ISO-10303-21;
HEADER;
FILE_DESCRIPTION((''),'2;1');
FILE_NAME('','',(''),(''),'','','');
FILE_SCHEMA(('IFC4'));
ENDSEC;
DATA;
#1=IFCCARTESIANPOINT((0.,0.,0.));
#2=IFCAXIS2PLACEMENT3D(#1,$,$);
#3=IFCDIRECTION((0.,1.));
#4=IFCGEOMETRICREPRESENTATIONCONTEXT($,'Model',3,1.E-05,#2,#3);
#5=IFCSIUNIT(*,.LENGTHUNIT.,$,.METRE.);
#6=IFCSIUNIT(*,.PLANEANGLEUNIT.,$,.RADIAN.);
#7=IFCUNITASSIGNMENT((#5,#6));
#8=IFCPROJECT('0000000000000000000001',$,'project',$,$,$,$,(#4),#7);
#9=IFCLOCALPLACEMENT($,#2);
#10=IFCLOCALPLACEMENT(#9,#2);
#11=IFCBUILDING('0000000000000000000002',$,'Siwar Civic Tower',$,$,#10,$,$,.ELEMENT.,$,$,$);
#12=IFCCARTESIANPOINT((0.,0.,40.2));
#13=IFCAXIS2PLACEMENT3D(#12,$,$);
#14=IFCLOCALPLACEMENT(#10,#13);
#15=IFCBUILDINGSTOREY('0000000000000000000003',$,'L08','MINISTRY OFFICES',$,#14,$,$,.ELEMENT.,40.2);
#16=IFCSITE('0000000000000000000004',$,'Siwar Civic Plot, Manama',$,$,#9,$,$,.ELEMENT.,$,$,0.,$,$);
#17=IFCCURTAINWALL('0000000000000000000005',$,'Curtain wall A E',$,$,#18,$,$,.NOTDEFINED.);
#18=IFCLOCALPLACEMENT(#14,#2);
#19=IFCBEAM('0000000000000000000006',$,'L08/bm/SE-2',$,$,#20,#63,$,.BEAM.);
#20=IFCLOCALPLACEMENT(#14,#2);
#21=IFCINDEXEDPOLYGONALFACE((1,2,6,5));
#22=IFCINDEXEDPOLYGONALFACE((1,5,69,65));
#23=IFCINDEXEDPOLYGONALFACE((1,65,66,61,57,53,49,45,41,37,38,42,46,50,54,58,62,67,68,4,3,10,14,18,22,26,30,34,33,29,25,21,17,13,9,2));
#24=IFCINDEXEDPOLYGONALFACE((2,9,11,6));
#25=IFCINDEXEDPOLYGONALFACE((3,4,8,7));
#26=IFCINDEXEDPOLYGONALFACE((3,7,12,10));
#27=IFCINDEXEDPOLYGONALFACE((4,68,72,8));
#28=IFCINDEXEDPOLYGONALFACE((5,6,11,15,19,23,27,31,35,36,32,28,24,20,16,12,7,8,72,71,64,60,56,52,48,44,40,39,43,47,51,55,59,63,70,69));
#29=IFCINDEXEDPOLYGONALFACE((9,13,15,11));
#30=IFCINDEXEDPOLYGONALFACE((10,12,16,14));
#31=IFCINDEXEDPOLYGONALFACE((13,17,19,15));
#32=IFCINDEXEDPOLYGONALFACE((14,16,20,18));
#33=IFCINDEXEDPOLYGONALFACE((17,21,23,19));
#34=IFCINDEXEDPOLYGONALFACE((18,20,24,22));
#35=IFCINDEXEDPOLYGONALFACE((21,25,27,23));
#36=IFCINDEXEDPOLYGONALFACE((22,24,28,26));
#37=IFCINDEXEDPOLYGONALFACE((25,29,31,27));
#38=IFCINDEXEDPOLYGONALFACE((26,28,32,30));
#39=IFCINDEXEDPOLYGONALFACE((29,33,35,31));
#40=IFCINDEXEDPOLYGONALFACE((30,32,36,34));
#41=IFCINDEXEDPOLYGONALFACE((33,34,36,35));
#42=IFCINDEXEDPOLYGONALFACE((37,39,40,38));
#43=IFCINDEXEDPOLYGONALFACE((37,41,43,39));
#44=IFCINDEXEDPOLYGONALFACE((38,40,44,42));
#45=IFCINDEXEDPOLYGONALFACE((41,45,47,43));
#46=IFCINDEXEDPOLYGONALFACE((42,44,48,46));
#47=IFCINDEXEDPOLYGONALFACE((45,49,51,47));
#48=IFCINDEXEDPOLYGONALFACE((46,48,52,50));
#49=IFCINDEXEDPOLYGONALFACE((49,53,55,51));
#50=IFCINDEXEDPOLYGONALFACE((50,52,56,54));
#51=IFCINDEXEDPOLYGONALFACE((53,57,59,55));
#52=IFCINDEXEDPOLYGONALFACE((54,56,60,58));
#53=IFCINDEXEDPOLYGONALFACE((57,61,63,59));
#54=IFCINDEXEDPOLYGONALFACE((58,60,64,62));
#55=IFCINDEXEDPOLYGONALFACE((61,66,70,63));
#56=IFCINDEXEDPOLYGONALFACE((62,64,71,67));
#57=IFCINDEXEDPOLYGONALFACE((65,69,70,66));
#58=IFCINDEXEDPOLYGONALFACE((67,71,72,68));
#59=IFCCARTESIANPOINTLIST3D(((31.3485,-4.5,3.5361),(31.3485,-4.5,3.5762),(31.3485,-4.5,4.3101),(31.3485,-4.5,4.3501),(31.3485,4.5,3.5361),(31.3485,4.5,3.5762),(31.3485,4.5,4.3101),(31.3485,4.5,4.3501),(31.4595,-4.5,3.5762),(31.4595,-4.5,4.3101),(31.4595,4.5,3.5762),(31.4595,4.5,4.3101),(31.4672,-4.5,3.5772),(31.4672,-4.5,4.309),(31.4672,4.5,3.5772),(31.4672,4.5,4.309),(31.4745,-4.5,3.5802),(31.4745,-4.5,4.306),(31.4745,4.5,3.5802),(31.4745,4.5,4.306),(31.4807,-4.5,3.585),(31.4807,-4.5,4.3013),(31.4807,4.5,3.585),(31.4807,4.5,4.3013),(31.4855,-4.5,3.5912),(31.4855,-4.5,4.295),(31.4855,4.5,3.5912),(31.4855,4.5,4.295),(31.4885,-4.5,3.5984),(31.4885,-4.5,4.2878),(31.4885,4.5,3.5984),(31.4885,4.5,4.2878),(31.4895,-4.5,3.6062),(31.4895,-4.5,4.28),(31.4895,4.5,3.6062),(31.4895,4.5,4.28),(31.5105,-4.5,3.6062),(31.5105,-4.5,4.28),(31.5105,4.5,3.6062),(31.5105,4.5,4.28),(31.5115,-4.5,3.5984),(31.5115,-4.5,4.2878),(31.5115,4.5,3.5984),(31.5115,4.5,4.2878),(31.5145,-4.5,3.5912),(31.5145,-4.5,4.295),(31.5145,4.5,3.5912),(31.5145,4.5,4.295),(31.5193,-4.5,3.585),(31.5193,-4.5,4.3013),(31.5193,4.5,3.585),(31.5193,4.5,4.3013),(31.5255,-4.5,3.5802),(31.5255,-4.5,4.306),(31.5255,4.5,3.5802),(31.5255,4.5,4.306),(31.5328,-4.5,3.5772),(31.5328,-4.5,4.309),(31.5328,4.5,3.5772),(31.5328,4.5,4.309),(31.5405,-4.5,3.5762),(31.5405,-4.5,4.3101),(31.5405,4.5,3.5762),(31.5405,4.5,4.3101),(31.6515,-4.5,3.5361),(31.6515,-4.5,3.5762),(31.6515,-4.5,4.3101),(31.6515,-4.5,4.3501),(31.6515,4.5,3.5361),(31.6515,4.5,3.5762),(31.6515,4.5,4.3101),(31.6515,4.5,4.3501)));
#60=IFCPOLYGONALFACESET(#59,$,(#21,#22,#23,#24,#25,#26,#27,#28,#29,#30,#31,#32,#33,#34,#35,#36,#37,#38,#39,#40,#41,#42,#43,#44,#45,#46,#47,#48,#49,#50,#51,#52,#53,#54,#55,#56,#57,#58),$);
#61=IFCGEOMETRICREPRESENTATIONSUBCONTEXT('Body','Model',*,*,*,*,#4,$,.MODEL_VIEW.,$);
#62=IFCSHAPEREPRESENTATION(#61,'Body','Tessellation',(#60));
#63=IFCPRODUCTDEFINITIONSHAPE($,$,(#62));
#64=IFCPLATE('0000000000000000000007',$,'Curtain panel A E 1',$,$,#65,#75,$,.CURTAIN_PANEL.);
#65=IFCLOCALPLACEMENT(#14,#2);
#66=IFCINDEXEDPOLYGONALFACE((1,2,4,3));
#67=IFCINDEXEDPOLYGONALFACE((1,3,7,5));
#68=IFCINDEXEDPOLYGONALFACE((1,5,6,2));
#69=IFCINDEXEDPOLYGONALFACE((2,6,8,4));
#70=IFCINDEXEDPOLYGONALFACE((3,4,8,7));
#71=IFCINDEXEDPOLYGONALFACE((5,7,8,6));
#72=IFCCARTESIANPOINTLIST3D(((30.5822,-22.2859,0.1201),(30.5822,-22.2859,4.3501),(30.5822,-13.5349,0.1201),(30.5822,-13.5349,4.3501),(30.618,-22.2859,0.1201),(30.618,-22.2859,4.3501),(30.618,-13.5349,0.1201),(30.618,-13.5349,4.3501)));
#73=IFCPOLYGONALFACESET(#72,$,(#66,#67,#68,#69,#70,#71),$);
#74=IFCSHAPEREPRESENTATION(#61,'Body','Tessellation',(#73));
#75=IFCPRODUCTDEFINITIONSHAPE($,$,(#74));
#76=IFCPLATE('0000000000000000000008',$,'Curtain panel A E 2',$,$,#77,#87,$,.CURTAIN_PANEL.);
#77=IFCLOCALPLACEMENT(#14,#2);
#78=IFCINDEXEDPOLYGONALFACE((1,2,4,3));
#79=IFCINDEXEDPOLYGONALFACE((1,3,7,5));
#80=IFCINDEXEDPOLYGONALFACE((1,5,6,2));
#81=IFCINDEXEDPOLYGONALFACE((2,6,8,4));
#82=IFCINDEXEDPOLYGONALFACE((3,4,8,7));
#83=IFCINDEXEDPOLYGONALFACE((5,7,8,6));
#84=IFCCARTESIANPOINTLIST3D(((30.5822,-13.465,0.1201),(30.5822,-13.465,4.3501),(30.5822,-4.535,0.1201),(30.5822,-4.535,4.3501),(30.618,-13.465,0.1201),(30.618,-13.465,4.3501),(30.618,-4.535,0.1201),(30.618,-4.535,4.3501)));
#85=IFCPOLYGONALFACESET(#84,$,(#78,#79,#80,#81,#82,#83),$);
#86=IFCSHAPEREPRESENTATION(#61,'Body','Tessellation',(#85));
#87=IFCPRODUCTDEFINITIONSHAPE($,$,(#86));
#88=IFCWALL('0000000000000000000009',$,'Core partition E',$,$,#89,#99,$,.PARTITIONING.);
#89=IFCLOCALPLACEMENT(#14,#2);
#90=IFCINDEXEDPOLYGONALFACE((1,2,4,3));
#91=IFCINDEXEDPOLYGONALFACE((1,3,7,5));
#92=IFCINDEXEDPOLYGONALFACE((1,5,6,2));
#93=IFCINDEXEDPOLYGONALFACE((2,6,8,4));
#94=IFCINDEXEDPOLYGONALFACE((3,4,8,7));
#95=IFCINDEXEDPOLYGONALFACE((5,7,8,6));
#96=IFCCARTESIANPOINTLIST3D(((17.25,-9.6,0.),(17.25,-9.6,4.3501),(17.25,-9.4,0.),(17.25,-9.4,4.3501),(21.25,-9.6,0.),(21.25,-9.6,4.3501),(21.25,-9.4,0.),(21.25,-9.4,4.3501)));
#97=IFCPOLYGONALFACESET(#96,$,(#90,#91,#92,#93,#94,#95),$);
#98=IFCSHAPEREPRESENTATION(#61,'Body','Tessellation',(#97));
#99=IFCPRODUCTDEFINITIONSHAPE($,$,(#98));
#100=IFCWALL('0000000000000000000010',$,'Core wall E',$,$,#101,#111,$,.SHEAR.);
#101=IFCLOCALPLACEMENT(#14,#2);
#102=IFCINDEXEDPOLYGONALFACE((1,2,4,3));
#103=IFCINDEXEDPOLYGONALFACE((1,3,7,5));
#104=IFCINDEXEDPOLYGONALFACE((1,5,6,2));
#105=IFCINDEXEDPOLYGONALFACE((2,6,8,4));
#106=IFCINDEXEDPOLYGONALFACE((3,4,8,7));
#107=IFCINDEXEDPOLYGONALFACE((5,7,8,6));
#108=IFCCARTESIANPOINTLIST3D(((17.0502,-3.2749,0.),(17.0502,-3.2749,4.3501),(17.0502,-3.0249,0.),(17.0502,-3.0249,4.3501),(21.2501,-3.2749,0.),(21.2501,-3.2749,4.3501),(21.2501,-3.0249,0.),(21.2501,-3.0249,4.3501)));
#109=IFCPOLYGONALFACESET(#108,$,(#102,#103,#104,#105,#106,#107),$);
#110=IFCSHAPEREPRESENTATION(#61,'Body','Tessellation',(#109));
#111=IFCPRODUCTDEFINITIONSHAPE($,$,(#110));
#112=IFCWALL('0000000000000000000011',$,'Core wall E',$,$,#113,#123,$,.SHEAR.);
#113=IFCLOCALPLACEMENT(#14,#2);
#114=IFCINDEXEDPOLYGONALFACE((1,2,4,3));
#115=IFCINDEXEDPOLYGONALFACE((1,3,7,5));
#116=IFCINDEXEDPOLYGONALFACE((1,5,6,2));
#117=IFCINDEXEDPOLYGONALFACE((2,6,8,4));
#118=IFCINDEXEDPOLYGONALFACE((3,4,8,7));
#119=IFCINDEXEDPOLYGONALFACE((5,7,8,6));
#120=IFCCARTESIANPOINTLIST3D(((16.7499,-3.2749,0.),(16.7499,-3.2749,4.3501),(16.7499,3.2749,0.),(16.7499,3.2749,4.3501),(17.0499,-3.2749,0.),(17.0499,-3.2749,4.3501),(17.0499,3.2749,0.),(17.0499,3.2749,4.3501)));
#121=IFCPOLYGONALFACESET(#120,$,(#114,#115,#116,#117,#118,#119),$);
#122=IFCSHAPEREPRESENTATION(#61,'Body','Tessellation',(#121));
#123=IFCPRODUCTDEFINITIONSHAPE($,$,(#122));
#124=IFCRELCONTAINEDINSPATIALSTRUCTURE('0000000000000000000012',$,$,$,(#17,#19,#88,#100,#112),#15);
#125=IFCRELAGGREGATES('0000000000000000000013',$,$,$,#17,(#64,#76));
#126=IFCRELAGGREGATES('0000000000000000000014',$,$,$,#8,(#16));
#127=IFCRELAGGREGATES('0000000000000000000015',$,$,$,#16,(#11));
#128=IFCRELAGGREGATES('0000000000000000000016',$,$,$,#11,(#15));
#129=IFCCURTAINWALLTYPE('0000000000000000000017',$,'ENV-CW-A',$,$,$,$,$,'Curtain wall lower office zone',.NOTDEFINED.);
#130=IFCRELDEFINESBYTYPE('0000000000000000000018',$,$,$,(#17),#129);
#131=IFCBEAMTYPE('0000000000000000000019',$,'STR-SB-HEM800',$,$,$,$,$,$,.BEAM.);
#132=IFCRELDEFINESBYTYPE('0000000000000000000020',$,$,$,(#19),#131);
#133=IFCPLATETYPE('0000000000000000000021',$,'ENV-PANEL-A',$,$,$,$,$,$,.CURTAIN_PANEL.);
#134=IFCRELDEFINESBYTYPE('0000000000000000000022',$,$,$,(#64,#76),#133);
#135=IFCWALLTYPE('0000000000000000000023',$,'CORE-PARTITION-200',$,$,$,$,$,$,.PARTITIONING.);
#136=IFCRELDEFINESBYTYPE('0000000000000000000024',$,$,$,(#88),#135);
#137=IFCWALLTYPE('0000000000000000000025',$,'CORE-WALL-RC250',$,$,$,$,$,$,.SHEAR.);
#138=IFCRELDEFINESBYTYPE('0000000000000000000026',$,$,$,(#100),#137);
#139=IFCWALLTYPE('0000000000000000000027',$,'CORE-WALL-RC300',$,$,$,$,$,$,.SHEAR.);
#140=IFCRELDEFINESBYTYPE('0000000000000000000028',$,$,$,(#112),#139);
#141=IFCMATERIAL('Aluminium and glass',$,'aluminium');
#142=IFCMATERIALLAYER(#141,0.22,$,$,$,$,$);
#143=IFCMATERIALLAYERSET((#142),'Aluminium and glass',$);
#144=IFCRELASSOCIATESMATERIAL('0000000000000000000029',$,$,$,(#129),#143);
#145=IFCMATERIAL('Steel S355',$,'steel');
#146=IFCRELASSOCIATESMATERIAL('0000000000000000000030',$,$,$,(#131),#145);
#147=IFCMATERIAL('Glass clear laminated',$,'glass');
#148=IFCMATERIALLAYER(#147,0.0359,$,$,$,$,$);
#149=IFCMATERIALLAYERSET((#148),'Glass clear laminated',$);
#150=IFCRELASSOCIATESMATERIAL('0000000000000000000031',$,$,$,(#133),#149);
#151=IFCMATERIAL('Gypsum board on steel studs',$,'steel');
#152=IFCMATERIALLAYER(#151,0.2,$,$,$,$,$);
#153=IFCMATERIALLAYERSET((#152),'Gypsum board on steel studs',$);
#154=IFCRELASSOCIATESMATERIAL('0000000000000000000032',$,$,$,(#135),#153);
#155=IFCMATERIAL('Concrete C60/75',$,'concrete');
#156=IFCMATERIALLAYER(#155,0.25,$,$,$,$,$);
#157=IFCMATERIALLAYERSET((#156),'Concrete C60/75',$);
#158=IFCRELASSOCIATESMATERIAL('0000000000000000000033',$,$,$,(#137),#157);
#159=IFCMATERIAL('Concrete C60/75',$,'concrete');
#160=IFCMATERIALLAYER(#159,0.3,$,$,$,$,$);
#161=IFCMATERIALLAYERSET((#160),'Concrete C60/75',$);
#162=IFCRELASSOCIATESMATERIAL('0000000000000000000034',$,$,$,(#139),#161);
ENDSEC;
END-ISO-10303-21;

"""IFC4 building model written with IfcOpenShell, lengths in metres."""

from ifc_helpers import new_model, si_unit, direction, frame, frame_2d, origin, origin_2d, place, context, subcontext, project, spatial, rectangle, i_section, extrude, material, layer, layer_set, material_profile, profile_set, type_object, element, aggregate, save


model = new_model("IFC4")

# Units and contexts
model_context = context("Model", 3, precision=1e-05, world=origin(), true_north=direction((0.0, 1.0)))
body_context = subcontext(model_context, "Body", "Model", "MODEL_VIEW")
ifc_project = project(units=[si_unit("LENGTHUNIT", "METRE"), si_unit("PLANEANGLEUNIT", "RADIAN")], contexts=[model_context])

# Site, building, storey
site_placement = place(None, origin())
site = spatial("IfcSite", under=ifc_project, at=site_placement, Name="Siwar Civic Plot, Manama", CompositionType="ELEMENT", RefElevation=0.0)
building_placement = place(site_placement, origin())
building = spatial("IfcBuilding", under=site, at=building_placement, Name="Siwar Civic Tower", CompositionType="ELEMENT")
storey_placement = place(building_placement, frame((0.0, 0.0, 40.2)))
storey = spatial("IfcBuildingStorey", under=building, at=storey_placement, Name="L08", Description="MINISTRY OFFICES", CompositionType="ELEMENT", Elevation=40.2)

# Curtain wall
ifc_material_1 = material(Name="Aluminium and glass", Category="aluminium")
ifc_layer_1 = layer(ifc_material_1, 0.22)
ifc_layer_set_1 = layer_set([ifc_layer_1], Name="Aluminium and glass")
curtain_wall_type = type_object("IfcCurtainWallType", Name="ENV-CW-A", ElementType="Curtain wall lower office zone", PredefinedType="NOTDEFINED", material=ifc_layer_set_1)
curtain_wall_placement = place(storey_placement, origin())
curtain_wall = element("IfcCurtainWall", 1, at=curtain_wall_placement, inside=storey, type_object=curtain_wall_type, Name="Curtain wall A E", PredefinedType="NOTDEFINED")

# Beam
ifc_material_2 = material(Name="Steel S355", Category="steel")
ifc_material_profile_1 = material_profile(ifc_material_2, i_section(OverallWidth=0.303, OverallDepth=0.814, WebThickness=0.021, FlangeThickness=0.04, FilletRadius=0.03, at=origin_2d()), Name="HEM800")
ifc_profile_set_1 = profile_set([ifc_material_profile_1], Name="Steel S355")
beam_type_1 = type_object("IfcBeamType", Name="STR-SB-HEM800", PredefinedType="BEAM", material=ifc_profile_set_1)
for number, where, z_axis, x_axis, name in (
    (2, (31.5, -4.5, 3.9431), (0.0, 1.0, 0.0), (-1.0, 0.0, 0.0), "L08/bm/SE-2"),
):
    element("IfcBeam", number, at=place(storey_placement, frame(where, z_axis=z_axis, x_axis=x_axis)), inside=storey, type_object=beam_type_1, Name=name, PredefinedType="BEAM", context=body_context, shape_type="SweptSolid", body=[
        extrude(i_section(OverallWidth=0.303, OverallDepth=0.814, WebThickness=0.021, FlangeThickness=0.04, FilletRadius=0.03, at=origin_2d()), origin(), (0.0, 0.0, 1.0), 9.0),
    ])

# Plates
ifc_material_3 = material(Name="Glass clear laminated", Category="glass")
ifc_layer_2 = layer(ifc_material_3, 0.0359)
ifc_layer_set_2 = layer_set([ifc_layer_2], Name="Glass clear laminated")
plate_type = type_object("IfcPlateType", Name="ENV-PANEL-A", PredefinedType="CURTAIN_PANEL", material=ifc_layer_set_2)
plate_1_placement = place(storey_placement, frame((30.6001, -17.9104, 0.1201), z_axis=(0.0, 0.0, 1.0), x_axis=(0.0, 1.0, 0.0)))
plate_1 = element("IfcPlate", 3, at=plate_1_placement, type_object=plate_type, Name="Curtain panel A E 1", PredefinedType="CURTAIN_PANEL", context=body_context, shape_type="SweptSolid", body=[
    extrude(rectangle(XDim=8.751, YDim=0.0359, at=origin_2d()), origin(), (0.0, 0.0, 1.0), 4.23),
])
plate_2_placement = place(storey_placement, frame((30.6001, -9.0, 0.1201), z_axis=(0.0, 0.0, 1.0), x_axis=(0.0, 1.0, 0.0)))
plate_2 = element("IfcPlate", 4, at=plate_2_placement, type_object=plate_type, Name="Curtain panel A E 2", PredefinedType="CURTAIN_PANEL", context=body_context, shape_type="SweptSolid", body=[
    extrude(rectangle(XDim=8.9299, YDim=0.0359, at=origin_2d()), origin(), (0.0, 0.0, 1.0), 4.23),
])
aggregate(curtain_wall, [plate_1, plate_2])

# Walls
ifc_material_4 = material(Name="Gypsum board on steel studs", Category="steel")
ifc_layer_3 = layer(ifc_material_4, 0.2)
ifc_layer_set_3 = layer_set([ifc_layer_3], Name="Gypsum board on steel studs")
wall_type_1 = type_object("IfcWallType", Name="CORE-PARTITION-200", PredefinedType="PARTITIONING", material=ifc_layer_set_3)
wall_1_placement = place(storey_placement, frame((17.25, -9.5, 0.0), z_axis=(0.0, 0.0, 1.0), x_axis=(1.0, 0.0, 0.0)))
element("IfcWall", 5, at=wall_1_placement, inside=storey, type_object=wall_type_1, Name="Core partition E", PredefinedType="PARTITIONING", context=body_context, shape_type="SweptSolid", body=[
    extrude(rectangle(XDim=4.0, YDim=0.2, at=frame_2d((2.0, 0.0))), origin(), (0.0, 0.0, 1.0), 4.3501),
])
ifc_material_5 = material(Name="Concrete C60/75", Category="concrete")
ifc_layer_4 = layer(ifc_material_5, 0.25)
ifc_layer_set_4 = layer_set([ifc_layer_4], Name="Concrete C60/75")
wall_type_2 = type_object("IfcWallType", Name="CORE-WALL-RC250", PredefinedType="SHEAR", material=ifc_layer_set_4)
wall_2_placement = place(storey_placement, frame((17.05, -3.1499, 0.0), z_axis=(0.0, 0.0, 1.0), x_axis=(1.0, 0.0, 0.0)))
element("IfcWall", 6, at=wall_2_placement, inside=storey, type_object=wall_type_2, Name="Core wall E", PredefinedType="SHEAR", context=body_context, shape_type="SweptSolid", body=[
    extrude(rectangle(XDim=4.2, YDim=0.25, at=frame_2d((2.1001, 0.0))), origin(), (0.0, 0.0, 1.0), 4.3501),
])
ifc_material_6 = material(Name="Concrete C60/75", Category="concrete")
ifc_layer_5 = layer(ifc_material_6, 0.3)
ifc_layer_set_5 = layer_set([ifc_layer_5], Name="Concrete C60/75")
wall_type_3 = type_object("IfcWallType", Name="CORE-WALL-RC300", PredefinedType="SHEAR", material=ifc_layer_set_5)
wall_3_placement = place(storey_placement, frame((16.8999, -3.2749, 0.0), z_axis=(0.0, 0.0, 1.0), x_axis=(0.0, 1.0, 0.0)))
element("IfcWall", 7, at=wall_3_placement, inside=storey, type_object=wall_type_3, Name="Core wall E", PredefinedType="SHEAR", context=body_context, shape_type="SweptSolid", body=[
    extrude(rectangle(XDim=6.5498, YDim=0.3, at=frame_2d((3.2749, 0.0))), origin(), (0.0, 0.0, 1.0), 4.3501),
])

save(model, "model.ifc")
